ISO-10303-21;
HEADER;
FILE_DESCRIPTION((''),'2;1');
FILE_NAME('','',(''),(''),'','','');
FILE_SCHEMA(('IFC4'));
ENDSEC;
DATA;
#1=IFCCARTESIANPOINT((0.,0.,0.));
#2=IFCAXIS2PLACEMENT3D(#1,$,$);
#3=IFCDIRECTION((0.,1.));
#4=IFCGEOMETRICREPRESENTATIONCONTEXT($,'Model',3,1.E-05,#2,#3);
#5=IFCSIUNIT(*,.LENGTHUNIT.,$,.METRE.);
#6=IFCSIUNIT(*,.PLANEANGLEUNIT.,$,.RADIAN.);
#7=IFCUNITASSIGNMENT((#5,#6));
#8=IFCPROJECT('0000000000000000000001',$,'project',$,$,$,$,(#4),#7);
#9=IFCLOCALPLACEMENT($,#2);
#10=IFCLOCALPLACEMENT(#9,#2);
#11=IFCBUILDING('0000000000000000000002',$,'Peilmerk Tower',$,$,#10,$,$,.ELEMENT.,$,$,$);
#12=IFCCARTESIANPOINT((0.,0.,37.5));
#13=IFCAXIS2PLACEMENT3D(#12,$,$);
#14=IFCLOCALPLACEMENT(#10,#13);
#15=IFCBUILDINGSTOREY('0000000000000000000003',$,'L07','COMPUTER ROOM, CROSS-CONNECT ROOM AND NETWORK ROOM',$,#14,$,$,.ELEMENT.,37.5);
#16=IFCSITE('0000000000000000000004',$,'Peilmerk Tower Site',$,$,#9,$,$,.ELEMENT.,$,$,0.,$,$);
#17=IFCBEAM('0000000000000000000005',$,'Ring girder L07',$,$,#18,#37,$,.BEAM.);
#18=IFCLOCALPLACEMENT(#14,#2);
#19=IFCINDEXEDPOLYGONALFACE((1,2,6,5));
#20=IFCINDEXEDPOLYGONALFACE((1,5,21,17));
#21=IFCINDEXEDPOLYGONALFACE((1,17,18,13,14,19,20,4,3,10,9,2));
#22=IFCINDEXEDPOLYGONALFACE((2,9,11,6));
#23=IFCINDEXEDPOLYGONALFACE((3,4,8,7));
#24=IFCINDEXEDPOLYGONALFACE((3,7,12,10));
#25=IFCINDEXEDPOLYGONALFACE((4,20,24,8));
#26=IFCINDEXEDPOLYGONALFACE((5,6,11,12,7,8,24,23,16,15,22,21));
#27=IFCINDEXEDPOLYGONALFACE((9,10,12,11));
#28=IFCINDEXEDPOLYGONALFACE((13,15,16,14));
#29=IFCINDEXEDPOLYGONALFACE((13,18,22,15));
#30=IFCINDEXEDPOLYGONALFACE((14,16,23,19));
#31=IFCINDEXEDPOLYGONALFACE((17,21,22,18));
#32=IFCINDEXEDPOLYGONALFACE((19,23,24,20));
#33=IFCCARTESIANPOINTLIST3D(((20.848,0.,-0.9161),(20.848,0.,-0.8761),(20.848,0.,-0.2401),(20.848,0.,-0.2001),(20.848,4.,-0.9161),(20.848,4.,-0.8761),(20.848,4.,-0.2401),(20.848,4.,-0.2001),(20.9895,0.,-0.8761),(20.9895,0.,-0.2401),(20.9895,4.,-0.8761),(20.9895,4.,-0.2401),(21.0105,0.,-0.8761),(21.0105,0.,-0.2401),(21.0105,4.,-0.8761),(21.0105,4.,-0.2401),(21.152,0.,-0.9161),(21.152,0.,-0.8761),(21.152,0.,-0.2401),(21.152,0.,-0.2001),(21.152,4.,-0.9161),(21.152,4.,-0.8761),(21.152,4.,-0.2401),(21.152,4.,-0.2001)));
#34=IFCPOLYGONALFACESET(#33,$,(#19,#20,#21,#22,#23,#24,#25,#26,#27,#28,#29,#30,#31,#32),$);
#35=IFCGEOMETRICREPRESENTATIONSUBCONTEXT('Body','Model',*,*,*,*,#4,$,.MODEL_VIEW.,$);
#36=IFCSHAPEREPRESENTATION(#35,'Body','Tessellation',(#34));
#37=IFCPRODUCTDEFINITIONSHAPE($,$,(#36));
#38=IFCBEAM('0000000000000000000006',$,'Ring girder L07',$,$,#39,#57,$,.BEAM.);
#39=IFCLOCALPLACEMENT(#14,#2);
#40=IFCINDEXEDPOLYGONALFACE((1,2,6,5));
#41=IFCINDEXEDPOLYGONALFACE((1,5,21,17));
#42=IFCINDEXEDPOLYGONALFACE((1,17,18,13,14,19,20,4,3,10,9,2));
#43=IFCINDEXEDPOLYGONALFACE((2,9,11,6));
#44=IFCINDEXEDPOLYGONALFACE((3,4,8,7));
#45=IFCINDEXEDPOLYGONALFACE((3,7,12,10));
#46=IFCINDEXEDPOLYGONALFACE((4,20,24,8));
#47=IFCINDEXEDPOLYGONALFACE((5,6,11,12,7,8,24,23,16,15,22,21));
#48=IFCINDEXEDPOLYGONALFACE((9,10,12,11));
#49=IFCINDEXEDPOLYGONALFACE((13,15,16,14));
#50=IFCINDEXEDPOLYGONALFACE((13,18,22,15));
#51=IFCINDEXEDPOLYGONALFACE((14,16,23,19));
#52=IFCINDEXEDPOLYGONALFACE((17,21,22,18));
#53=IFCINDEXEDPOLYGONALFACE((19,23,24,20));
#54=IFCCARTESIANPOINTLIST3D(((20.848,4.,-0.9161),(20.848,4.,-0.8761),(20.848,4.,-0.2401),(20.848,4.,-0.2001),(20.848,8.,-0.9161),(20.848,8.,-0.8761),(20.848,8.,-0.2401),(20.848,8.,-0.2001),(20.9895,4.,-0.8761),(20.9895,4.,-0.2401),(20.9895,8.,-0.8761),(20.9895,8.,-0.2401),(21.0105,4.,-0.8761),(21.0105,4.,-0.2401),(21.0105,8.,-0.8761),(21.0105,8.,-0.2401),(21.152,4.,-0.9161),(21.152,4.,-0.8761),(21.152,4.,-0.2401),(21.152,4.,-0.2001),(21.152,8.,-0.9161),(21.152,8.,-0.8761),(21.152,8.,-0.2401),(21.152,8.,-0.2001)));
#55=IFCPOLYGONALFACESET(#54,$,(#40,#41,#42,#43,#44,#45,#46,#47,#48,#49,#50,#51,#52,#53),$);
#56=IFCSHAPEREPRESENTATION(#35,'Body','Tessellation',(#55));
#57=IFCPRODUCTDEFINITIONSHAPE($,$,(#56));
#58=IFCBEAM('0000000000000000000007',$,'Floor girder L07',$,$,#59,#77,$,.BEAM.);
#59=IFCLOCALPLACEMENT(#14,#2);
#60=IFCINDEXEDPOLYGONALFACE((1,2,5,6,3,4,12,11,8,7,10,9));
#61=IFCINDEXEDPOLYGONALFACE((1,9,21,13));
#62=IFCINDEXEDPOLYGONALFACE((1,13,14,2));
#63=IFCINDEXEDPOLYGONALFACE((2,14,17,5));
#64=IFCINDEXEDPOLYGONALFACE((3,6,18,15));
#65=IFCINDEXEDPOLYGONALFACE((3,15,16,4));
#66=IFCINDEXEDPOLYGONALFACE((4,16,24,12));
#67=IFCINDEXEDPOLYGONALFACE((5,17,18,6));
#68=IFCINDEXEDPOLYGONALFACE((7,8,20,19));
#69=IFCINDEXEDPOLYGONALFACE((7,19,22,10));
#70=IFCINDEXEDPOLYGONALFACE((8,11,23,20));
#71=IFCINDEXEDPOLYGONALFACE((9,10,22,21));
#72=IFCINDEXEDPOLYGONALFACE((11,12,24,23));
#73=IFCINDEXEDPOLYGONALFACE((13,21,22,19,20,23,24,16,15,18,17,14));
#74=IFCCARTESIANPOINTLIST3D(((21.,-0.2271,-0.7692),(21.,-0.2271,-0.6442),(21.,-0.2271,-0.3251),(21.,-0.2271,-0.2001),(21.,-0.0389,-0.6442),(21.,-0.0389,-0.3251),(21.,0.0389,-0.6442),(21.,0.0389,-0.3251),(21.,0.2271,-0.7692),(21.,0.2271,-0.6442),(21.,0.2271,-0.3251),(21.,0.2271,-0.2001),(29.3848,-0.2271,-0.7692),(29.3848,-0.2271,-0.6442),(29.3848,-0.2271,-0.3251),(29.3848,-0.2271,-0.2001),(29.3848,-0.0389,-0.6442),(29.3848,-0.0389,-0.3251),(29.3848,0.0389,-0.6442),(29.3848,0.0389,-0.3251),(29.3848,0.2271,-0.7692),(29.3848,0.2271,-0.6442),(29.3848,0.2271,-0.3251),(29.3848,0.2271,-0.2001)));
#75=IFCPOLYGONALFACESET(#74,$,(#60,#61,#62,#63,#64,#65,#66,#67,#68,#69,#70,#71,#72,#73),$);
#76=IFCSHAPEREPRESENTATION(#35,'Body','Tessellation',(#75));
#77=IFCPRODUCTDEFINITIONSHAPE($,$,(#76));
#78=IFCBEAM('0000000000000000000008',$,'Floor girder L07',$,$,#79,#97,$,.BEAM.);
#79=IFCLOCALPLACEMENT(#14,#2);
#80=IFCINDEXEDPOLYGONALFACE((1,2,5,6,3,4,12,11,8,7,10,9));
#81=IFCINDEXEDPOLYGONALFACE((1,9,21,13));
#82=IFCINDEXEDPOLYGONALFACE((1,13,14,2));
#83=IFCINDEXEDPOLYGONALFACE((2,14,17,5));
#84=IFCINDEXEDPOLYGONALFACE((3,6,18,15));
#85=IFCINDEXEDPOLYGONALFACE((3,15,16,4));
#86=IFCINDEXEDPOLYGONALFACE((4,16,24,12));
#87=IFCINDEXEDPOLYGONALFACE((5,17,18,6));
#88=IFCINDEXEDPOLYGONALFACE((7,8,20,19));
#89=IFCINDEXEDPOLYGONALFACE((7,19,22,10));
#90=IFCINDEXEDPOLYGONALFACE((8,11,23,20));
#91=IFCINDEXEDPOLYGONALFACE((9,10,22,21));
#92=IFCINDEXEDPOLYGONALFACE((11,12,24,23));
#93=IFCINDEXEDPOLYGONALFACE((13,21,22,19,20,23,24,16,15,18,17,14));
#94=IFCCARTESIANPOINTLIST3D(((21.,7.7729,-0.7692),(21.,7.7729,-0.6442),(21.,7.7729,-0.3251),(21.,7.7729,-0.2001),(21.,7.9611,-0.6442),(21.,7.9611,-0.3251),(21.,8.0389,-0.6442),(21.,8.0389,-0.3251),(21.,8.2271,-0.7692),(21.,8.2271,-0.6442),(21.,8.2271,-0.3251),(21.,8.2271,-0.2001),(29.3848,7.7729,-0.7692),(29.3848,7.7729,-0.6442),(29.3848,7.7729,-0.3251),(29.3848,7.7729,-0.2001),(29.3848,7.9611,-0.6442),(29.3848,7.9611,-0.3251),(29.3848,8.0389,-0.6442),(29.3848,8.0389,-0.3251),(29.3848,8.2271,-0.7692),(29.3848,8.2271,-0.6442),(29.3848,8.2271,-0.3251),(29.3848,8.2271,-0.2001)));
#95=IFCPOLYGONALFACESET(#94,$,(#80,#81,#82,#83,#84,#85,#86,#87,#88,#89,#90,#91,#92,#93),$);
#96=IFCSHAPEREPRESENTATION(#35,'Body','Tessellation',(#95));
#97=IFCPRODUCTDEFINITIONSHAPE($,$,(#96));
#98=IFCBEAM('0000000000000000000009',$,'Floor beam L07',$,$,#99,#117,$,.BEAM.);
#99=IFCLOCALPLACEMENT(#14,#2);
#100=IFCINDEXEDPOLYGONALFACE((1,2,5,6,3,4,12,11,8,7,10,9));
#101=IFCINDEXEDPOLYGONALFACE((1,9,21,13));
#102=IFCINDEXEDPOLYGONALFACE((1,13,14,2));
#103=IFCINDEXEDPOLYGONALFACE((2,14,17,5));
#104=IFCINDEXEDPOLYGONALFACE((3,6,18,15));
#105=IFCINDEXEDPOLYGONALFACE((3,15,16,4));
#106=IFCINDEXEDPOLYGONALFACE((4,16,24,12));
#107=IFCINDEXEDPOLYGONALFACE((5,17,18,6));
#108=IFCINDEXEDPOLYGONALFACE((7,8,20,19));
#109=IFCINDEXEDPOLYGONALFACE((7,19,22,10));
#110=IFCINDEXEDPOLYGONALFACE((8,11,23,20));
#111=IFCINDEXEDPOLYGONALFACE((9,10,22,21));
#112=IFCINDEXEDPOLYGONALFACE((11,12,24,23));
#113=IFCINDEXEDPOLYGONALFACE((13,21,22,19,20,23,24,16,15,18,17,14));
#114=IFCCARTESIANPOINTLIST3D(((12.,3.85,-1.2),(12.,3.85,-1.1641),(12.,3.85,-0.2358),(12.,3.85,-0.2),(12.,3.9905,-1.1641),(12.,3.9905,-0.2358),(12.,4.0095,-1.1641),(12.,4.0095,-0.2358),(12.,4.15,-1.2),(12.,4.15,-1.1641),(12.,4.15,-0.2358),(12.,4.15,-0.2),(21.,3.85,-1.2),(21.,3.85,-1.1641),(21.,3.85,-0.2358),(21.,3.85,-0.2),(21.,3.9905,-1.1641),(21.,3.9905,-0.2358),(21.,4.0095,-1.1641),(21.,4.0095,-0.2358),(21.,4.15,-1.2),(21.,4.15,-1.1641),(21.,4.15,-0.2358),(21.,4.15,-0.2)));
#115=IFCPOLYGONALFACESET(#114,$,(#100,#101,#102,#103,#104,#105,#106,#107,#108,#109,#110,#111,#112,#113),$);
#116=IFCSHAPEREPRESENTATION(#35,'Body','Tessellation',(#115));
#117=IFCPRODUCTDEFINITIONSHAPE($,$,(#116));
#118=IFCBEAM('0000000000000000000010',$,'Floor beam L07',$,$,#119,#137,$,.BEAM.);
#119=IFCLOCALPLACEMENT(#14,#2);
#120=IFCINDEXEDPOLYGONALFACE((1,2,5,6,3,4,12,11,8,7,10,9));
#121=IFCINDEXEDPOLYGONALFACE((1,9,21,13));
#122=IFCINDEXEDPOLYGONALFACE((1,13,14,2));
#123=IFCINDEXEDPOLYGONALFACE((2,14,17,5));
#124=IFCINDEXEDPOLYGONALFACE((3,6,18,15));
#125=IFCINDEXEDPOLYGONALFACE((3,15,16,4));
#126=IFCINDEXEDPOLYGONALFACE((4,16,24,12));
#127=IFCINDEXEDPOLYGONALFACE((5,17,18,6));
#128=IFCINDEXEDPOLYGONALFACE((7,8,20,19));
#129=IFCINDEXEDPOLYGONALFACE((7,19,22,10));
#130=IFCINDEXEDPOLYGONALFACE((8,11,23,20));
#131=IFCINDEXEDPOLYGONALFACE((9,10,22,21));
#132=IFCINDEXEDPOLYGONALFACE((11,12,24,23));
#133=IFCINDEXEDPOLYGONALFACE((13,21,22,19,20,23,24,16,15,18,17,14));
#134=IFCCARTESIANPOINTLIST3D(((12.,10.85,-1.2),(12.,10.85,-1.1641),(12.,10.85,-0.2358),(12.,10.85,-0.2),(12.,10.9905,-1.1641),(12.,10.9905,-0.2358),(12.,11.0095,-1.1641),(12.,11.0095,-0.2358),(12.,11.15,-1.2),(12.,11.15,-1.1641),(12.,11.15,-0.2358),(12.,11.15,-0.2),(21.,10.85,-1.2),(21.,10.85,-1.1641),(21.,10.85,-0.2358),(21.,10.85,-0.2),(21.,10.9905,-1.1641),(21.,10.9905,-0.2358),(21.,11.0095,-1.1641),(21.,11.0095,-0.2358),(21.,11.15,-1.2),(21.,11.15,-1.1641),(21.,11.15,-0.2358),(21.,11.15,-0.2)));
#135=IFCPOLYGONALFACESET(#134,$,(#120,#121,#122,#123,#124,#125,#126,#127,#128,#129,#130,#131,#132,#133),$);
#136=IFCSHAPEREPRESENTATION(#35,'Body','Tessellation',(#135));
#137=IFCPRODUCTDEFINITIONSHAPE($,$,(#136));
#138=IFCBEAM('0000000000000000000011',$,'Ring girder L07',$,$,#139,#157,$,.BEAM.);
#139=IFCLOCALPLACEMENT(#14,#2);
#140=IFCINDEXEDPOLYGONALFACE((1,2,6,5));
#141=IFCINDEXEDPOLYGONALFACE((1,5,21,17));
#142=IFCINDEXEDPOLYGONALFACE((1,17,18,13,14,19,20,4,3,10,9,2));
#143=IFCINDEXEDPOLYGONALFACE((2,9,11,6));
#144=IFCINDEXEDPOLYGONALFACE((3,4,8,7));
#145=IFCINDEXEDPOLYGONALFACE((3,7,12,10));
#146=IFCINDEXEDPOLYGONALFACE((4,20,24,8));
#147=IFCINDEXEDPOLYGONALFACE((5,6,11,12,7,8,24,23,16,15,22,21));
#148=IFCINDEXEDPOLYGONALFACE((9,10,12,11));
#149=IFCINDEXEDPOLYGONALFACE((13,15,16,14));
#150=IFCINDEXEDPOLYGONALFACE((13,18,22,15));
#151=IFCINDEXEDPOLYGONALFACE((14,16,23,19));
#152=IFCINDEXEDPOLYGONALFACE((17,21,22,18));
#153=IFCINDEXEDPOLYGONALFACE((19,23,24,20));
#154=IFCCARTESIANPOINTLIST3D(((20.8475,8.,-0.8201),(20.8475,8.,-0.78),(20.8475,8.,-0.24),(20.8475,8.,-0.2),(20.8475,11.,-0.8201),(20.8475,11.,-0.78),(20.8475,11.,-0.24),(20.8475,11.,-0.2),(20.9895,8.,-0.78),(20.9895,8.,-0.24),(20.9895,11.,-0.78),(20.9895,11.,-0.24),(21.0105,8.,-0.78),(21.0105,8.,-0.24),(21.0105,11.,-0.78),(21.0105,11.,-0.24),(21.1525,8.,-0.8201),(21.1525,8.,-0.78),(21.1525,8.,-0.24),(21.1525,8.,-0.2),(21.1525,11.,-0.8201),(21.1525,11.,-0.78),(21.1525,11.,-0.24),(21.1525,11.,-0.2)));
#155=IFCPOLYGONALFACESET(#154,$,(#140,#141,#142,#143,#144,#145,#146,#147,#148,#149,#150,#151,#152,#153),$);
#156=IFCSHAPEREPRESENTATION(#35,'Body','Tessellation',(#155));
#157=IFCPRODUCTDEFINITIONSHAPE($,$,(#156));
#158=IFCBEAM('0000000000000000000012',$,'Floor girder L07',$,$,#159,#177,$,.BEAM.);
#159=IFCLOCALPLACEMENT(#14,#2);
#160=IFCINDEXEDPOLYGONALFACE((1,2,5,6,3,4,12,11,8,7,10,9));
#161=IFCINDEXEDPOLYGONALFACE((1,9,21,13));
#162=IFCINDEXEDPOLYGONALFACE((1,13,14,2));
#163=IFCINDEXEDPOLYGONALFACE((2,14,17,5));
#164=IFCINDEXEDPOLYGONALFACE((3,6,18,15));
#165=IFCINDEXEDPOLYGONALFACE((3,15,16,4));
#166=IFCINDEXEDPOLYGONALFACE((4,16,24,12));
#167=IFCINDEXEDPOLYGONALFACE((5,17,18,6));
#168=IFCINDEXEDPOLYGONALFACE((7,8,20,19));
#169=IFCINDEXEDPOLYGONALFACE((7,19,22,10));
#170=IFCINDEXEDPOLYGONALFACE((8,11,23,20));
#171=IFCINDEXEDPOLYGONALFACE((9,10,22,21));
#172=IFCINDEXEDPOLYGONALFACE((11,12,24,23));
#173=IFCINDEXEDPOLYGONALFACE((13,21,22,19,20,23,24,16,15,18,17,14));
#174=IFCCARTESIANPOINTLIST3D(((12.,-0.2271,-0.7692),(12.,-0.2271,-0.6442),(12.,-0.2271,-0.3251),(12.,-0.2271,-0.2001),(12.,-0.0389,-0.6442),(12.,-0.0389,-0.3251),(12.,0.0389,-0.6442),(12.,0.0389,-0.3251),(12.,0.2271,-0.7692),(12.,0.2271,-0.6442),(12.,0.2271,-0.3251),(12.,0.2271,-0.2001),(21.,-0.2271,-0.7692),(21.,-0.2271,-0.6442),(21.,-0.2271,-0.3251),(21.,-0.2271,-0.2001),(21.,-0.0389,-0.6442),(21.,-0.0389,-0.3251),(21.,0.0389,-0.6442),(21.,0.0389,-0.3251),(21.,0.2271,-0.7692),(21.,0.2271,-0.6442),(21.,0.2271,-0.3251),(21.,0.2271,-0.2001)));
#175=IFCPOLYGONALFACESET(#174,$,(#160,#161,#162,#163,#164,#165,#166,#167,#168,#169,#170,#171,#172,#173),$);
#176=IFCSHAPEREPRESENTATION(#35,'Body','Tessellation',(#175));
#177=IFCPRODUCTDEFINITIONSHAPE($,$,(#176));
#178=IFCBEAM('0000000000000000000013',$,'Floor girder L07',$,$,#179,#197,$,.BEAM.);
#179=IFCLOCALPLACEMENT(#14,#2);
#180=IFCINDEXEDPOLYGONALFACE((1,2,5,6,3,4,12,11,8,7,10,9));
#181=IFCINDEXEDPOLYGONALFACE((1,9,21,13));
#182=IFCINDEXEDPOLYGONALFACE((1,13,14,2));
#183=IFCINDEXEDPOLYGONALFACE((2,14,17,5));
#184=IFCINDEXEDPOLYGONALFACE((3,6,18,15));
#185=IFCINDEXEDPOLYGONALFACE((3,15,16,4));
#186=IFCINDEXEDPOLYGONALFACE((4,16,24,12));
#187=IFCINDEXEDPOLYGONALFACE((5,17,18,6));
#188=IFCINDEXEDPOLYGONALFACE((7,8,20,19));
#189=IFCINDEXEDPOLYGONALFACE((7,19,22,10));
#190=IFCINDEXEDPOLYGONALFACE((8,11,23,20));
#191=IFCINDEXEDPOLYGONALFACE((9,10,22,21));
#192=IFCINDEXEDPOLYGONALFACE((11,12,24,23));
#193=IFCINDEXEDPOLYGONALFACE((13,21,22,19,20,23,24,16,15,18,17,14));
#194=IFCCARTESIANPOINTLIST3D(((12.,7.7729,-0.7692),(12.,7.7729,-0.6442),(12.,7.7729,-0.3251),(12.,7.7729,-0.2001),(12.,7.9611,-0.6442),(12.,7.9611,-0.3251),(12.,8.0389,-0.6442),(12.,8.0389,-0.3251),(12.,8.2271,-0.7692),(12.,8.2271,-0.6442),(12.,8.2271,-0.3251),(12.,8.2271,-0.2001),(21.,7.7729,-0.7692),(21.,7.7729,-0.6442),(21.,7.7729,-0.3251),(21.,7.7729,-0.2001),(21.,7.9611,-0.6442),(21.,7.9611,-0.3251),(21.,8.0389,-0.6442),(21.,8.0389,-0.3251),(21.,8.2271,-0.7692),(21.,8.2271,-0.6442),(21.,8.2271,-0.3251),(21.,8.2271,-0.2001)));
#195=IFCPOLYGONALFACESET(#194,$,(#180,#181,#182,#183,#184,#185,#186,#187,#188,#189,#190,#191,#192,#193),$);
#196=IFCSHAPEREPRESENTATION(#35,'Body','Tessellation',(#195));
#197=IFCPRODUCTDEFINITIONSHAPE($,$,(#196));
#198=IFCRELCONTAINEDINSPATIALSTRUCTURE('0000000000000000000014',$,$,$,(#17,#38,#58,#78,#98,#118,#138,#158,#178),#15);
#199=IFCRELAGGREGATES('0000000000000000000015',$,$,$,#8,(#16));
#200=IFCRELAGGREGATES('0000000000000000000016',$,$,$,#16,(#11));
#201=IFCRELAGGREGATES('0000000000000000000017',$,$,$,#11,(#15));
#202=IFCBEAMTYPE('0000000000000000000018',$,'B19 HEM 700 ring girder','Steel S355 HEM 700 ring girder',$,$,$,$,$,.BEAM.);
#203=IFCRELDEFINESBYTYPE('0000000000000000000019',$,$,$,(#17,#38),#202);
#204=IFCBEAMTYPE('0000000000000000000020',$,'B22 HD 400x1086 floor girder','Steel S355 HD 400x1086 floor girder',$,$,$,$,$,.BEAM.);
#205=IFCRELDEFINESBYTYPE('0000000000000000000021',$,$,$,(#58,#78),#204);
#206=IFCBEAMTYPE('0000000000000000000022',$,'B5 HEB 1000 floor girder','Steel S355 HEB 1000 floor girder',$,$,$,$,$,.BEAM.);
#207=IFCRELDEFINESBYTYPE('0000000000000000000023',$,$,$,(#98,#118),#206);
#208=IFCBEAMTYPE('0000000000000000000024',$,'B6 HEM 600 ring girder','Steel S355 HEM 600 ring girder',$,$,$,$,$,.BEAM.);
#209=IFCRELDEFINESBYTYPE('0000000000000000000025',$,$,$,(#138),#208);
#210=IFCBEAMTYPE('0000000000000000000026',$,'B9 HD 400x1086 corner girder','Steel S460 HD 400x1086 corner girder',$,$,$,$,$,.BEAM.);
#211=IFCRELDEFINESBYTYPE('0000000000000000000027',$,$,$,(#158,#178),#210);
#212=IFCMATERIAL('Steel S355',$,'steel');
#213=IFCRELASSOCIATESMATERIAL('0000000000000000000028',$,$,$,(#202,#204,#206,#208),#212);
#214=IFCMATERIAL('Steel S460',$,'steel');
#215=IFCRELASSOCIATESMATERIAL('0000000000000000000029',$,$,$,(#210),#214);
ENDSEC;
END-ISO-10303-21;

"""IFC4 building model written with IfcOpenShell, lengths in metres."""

from ifc_helpers import new_model, si_unit, direction, frame, origin, origin_2d, place, context, subcontext, project, spatial, i_section, extrude, material, material_profile, profile_set, type_object, element, save


model = new_model("IFC4")

# Units and contexts
model_context = context("Model", 3, precision=1e-05, world=origin(), true_north=direction((0.0, 1.0)))
body_context = subcontext(model_context, "Body", "Model", "MODEL_VIEW")
ifc_project = project(units=[si_unit("LENGTHUNIT", "METRE"), si_unit("PLANEANGLEUNIT", "RADIAN")], contexts=[model_context])

# Site, building, storey
site_placement = place(None, origin())
site = spatial("IfcSite", under=ifc_project, at=site_placement, Name="Peilmerk Tower Site", CompositionType="ELEMENT", RefElevation=0.0)
building_placement = place(site_placement, origin())
building = spatial("IfcBuilding", under=site, at=building_placement, Name="Peilmerk Tower", CompositionType="ELEMENT")
storey_placement = place(building_placement, frame((0.0, 0.0, 37.5)))
storey = spatial("IfcBuildingStorey", under=building, at=storey_placement, Name="L07", Description="COMPUTER ROOM, CROSS-CONNECT ROOM AND NETWORK ROOM", CompositionType="ELEMENT", Elevation=37.5)

# Beams
ifc_material_1 = material(Name="Steel S355", Category="steel")
ifc_material_profile_1 = material_profile(ifc_material_1, i_section(OverallWidth=0.304, OverallDepth=0.7161, WebThickness=0.021, FlangeThickness=0.04, at=origin_2d()), Name="HEM 700")
ifc_profile_set_1 = profile_set([ifc_material_profile_1], Name="Steel S355")
beam_type_1 = type_object("IfcBeamType", Name="B19 HEM 700 ring girder", Description="Steel S355 HEM 700 ring girder", PredefinedType="BEAM", material=ifc_profile_set_1)
for number, where, z_axis, x_axis, name in (
    (1, (21.0, 0.0, -0.5581), (0.0, 1.0, 0.0), (-1.0, 0.0, 0.0), "Ring girder L07"),
    (2, (21.0, 4.0, -0.5581), (0.0, 1.0, 0.0), (-1.0, 0.0, 0.0), "Ring girder L07"),
):
    element("IfcBeam", number, at=place(storey_placement, frame(where, z_axis=z_axis, x_axis=x_axis)), inside=storey, type_object=beam_type_1, Name=name, PredefinedType="BEAM", context=body_context, shape_type="SweptSolid", body=[
        extrude(i_section(OverallWidth=0.304, OverallDepth=0.7161, WebThickness=0.021, FlangeThickness=0.04, at=origin_2d()), origin(), (0.0, 0.0, 1.0), 4.0),
    ])
ifc_material_profile_2 = material_profile(ifc_material_1, i_section(OverallWidth=0.4541, OverallDepth=0.5691, WebThickness=0.0779, FlangeThickness=0.125, at=origin_2d()), Name="HD 400x1086")
ifc_profile_set_2 = profile_set([ifc_material_profile_2], Name="Steel S355")
beam_type_2 = type_object("IfcBeamType", Name="B22 HD 400x1086 floor girder", Description="Steel S355 HD 400x1086 floor girder", PredefinedType="BEAM", material=ifc_profile_set_2)
for number, where, z_axis, x_axis, name in (
    (3, (21.0, 0.0, -0.4846), (1.0, 0.0, 0.0), (0.0, 1.0, 0.0), "Floor girder L07"),
    (4, (21.0, 8.0, -0.4846), (1.0, 0.0, 0.0), (0.0, 1.0, 0.0), "Floor girder L07"),
):
    element("IfcBeam", number, at=place(storey_placement, frame(where, z_axis=z_axis, x_axis=x_axis)), inside=storey, type_object=beam_type_2, Name=name, PredefinedType="BEAM", context=body_context, shape_type="SweptSolid", body=[
        extrude(i_section(OverallWidth=0.4541, OverallDepth=0.5691, WebThickness=0.0779, FlangeThickness=0.125, at=origin_2d()), origin(), (0.0, 0.0, 1.0), 8.3848),
    ])
ifc_material_profile_3 = material_profile(ifc_material_1, i_section(OverallWidth=0.3, OverallDepth=1.0, WebThickness=0.019, FlangeThickness=0.0359, at=origin_2d()), Name="HEB 1000")
ifc_profile_set_3 = profile_set([ifc_material_profile_3], Name="Steel S355")
beam_type_3 = type_object("IfcBeamType", Name="B5 HEB 1000 floor girder", Description="Steel S355 HEB 1000 floor girder", PredefinedType="BEAM", material=ifc_profile_set_3)
for number, where, z_axis, x_axis, name in (
    (5, (12.0, 4.0, -0.7), (1.0, 0.0, 0.0), (0.0, 1.0, 0.0), "Floor beam L07"),
    (6, (12.0, 11.0, -0.7), (1.0, 0.0, 0.0), (0.0, 1.0, 0.0), "Floor beam L07"),
):
    element("IfcBeam", number, at=place(storey_placement, frame(where, z_axis=z_axis, x_axis=x_axis)), inside=storey, type_object=beam_type_3, Name=name, PredefinedType="BEAM", context=body_context, shape_type="SweptSolid", body=[
        extrude(i_section(OverallWidth=0.3, OverallDepth=1.0, WebThickness=0.019, FlangeThickness=0.0359, at=origin_2d()), origin(), (0.0, 0.0, 1.0), 9.0),
    ])
ifc_material_profile_4 = material_profile(ifc_material_1, i_section(OverallWidth=0.3049, OverallDepth=0.6201, WebThickness=0.021, FlangeThickness=0.04, at=origin_2d()), Name="HEM 600")
ifc_profile_set_4 = profile_set([ifc_material_profile_4], Name="Steel S355")
beam_type_4 = type_object("IfcBeamType", Name="B6 HEM 600 ring girder", Description="Steel S355 HEM 600 ring girder", PredefinedType="BEAM", material=ifc_profile_set_4)
beam_1_placement = place(storey_placement, frame((21.0, 8.0, -0.51), z_axis=(0.0, 1.0, 0.0), x_axis=(-1.0, 0.0, 0.0)))
element("IfcBeam", 7, at=beam_1_placement, inside=storey, type_object=beam_type_4, Name="Ring girder L07", PredefinedType="BEAM", context=body_context, shape_type="SweptSolid", body=[
    extrude(i_section(OverallWidth=0.3049, OverallDepth=0.6201, WebThickness=0.021, FlangeThickness=0.04, at=origin_2d()), origin(), (0.0, 0.0, 1.0), 3.0),
])
ifc_material_2 = material(Name="Steel S460", Category="steel")
ifc_material_profile_5 = material_profile(ifc_material_2, i_section(OverallWidth=0.4541, OverallDepth=0.5691, WebThickness=0.0779, FlangeThickness=0.125, at=origin_2d()), Name="HD 400x1086")
ifc_profile_set_5 = profile_set([ifc_material_profile_5], Name="Steel S460")
beam_type_5 = type_object("IfcBeamType", Name="B9 HD 400x1086 corner girder", Description="Steel S460 HD 400x1086 corner girder", PredefinedType="BEAM", material=ifc_profile_set_5)
for number, where, z_axis, x_axis, name in (
    (8, (12.0, 0.0, -0.4846), (1.0, 0.0, 0.0), (0.0, 1.0, 0.0), "Floor girder L07"),
    (9, (12.0, 8.0, -0.4846), (1.0, 0.0, 0.0), (0.0, 1.0, 0.0), "Floor girder L07"),
):
    element("IfcBeam", number, at=place(storey_placement, frame(where, z_axis=z_axis, x_axis=x_axis)), inside=storey, type_object=beam_type_5, Name=name, PredefinedType="BEAM", context=body_context, shape_type="SweptSolid", body=[
        extrude(i_section(OverallWidth=0.4541, OverallDepth=0.5691, WebThickness=0.0779, FlangeThickness=0.125, at=origin_2d()), origin(), (0.0, 0.0, 1.0), 9.0),
    ])

save(model, "model.ifc")
